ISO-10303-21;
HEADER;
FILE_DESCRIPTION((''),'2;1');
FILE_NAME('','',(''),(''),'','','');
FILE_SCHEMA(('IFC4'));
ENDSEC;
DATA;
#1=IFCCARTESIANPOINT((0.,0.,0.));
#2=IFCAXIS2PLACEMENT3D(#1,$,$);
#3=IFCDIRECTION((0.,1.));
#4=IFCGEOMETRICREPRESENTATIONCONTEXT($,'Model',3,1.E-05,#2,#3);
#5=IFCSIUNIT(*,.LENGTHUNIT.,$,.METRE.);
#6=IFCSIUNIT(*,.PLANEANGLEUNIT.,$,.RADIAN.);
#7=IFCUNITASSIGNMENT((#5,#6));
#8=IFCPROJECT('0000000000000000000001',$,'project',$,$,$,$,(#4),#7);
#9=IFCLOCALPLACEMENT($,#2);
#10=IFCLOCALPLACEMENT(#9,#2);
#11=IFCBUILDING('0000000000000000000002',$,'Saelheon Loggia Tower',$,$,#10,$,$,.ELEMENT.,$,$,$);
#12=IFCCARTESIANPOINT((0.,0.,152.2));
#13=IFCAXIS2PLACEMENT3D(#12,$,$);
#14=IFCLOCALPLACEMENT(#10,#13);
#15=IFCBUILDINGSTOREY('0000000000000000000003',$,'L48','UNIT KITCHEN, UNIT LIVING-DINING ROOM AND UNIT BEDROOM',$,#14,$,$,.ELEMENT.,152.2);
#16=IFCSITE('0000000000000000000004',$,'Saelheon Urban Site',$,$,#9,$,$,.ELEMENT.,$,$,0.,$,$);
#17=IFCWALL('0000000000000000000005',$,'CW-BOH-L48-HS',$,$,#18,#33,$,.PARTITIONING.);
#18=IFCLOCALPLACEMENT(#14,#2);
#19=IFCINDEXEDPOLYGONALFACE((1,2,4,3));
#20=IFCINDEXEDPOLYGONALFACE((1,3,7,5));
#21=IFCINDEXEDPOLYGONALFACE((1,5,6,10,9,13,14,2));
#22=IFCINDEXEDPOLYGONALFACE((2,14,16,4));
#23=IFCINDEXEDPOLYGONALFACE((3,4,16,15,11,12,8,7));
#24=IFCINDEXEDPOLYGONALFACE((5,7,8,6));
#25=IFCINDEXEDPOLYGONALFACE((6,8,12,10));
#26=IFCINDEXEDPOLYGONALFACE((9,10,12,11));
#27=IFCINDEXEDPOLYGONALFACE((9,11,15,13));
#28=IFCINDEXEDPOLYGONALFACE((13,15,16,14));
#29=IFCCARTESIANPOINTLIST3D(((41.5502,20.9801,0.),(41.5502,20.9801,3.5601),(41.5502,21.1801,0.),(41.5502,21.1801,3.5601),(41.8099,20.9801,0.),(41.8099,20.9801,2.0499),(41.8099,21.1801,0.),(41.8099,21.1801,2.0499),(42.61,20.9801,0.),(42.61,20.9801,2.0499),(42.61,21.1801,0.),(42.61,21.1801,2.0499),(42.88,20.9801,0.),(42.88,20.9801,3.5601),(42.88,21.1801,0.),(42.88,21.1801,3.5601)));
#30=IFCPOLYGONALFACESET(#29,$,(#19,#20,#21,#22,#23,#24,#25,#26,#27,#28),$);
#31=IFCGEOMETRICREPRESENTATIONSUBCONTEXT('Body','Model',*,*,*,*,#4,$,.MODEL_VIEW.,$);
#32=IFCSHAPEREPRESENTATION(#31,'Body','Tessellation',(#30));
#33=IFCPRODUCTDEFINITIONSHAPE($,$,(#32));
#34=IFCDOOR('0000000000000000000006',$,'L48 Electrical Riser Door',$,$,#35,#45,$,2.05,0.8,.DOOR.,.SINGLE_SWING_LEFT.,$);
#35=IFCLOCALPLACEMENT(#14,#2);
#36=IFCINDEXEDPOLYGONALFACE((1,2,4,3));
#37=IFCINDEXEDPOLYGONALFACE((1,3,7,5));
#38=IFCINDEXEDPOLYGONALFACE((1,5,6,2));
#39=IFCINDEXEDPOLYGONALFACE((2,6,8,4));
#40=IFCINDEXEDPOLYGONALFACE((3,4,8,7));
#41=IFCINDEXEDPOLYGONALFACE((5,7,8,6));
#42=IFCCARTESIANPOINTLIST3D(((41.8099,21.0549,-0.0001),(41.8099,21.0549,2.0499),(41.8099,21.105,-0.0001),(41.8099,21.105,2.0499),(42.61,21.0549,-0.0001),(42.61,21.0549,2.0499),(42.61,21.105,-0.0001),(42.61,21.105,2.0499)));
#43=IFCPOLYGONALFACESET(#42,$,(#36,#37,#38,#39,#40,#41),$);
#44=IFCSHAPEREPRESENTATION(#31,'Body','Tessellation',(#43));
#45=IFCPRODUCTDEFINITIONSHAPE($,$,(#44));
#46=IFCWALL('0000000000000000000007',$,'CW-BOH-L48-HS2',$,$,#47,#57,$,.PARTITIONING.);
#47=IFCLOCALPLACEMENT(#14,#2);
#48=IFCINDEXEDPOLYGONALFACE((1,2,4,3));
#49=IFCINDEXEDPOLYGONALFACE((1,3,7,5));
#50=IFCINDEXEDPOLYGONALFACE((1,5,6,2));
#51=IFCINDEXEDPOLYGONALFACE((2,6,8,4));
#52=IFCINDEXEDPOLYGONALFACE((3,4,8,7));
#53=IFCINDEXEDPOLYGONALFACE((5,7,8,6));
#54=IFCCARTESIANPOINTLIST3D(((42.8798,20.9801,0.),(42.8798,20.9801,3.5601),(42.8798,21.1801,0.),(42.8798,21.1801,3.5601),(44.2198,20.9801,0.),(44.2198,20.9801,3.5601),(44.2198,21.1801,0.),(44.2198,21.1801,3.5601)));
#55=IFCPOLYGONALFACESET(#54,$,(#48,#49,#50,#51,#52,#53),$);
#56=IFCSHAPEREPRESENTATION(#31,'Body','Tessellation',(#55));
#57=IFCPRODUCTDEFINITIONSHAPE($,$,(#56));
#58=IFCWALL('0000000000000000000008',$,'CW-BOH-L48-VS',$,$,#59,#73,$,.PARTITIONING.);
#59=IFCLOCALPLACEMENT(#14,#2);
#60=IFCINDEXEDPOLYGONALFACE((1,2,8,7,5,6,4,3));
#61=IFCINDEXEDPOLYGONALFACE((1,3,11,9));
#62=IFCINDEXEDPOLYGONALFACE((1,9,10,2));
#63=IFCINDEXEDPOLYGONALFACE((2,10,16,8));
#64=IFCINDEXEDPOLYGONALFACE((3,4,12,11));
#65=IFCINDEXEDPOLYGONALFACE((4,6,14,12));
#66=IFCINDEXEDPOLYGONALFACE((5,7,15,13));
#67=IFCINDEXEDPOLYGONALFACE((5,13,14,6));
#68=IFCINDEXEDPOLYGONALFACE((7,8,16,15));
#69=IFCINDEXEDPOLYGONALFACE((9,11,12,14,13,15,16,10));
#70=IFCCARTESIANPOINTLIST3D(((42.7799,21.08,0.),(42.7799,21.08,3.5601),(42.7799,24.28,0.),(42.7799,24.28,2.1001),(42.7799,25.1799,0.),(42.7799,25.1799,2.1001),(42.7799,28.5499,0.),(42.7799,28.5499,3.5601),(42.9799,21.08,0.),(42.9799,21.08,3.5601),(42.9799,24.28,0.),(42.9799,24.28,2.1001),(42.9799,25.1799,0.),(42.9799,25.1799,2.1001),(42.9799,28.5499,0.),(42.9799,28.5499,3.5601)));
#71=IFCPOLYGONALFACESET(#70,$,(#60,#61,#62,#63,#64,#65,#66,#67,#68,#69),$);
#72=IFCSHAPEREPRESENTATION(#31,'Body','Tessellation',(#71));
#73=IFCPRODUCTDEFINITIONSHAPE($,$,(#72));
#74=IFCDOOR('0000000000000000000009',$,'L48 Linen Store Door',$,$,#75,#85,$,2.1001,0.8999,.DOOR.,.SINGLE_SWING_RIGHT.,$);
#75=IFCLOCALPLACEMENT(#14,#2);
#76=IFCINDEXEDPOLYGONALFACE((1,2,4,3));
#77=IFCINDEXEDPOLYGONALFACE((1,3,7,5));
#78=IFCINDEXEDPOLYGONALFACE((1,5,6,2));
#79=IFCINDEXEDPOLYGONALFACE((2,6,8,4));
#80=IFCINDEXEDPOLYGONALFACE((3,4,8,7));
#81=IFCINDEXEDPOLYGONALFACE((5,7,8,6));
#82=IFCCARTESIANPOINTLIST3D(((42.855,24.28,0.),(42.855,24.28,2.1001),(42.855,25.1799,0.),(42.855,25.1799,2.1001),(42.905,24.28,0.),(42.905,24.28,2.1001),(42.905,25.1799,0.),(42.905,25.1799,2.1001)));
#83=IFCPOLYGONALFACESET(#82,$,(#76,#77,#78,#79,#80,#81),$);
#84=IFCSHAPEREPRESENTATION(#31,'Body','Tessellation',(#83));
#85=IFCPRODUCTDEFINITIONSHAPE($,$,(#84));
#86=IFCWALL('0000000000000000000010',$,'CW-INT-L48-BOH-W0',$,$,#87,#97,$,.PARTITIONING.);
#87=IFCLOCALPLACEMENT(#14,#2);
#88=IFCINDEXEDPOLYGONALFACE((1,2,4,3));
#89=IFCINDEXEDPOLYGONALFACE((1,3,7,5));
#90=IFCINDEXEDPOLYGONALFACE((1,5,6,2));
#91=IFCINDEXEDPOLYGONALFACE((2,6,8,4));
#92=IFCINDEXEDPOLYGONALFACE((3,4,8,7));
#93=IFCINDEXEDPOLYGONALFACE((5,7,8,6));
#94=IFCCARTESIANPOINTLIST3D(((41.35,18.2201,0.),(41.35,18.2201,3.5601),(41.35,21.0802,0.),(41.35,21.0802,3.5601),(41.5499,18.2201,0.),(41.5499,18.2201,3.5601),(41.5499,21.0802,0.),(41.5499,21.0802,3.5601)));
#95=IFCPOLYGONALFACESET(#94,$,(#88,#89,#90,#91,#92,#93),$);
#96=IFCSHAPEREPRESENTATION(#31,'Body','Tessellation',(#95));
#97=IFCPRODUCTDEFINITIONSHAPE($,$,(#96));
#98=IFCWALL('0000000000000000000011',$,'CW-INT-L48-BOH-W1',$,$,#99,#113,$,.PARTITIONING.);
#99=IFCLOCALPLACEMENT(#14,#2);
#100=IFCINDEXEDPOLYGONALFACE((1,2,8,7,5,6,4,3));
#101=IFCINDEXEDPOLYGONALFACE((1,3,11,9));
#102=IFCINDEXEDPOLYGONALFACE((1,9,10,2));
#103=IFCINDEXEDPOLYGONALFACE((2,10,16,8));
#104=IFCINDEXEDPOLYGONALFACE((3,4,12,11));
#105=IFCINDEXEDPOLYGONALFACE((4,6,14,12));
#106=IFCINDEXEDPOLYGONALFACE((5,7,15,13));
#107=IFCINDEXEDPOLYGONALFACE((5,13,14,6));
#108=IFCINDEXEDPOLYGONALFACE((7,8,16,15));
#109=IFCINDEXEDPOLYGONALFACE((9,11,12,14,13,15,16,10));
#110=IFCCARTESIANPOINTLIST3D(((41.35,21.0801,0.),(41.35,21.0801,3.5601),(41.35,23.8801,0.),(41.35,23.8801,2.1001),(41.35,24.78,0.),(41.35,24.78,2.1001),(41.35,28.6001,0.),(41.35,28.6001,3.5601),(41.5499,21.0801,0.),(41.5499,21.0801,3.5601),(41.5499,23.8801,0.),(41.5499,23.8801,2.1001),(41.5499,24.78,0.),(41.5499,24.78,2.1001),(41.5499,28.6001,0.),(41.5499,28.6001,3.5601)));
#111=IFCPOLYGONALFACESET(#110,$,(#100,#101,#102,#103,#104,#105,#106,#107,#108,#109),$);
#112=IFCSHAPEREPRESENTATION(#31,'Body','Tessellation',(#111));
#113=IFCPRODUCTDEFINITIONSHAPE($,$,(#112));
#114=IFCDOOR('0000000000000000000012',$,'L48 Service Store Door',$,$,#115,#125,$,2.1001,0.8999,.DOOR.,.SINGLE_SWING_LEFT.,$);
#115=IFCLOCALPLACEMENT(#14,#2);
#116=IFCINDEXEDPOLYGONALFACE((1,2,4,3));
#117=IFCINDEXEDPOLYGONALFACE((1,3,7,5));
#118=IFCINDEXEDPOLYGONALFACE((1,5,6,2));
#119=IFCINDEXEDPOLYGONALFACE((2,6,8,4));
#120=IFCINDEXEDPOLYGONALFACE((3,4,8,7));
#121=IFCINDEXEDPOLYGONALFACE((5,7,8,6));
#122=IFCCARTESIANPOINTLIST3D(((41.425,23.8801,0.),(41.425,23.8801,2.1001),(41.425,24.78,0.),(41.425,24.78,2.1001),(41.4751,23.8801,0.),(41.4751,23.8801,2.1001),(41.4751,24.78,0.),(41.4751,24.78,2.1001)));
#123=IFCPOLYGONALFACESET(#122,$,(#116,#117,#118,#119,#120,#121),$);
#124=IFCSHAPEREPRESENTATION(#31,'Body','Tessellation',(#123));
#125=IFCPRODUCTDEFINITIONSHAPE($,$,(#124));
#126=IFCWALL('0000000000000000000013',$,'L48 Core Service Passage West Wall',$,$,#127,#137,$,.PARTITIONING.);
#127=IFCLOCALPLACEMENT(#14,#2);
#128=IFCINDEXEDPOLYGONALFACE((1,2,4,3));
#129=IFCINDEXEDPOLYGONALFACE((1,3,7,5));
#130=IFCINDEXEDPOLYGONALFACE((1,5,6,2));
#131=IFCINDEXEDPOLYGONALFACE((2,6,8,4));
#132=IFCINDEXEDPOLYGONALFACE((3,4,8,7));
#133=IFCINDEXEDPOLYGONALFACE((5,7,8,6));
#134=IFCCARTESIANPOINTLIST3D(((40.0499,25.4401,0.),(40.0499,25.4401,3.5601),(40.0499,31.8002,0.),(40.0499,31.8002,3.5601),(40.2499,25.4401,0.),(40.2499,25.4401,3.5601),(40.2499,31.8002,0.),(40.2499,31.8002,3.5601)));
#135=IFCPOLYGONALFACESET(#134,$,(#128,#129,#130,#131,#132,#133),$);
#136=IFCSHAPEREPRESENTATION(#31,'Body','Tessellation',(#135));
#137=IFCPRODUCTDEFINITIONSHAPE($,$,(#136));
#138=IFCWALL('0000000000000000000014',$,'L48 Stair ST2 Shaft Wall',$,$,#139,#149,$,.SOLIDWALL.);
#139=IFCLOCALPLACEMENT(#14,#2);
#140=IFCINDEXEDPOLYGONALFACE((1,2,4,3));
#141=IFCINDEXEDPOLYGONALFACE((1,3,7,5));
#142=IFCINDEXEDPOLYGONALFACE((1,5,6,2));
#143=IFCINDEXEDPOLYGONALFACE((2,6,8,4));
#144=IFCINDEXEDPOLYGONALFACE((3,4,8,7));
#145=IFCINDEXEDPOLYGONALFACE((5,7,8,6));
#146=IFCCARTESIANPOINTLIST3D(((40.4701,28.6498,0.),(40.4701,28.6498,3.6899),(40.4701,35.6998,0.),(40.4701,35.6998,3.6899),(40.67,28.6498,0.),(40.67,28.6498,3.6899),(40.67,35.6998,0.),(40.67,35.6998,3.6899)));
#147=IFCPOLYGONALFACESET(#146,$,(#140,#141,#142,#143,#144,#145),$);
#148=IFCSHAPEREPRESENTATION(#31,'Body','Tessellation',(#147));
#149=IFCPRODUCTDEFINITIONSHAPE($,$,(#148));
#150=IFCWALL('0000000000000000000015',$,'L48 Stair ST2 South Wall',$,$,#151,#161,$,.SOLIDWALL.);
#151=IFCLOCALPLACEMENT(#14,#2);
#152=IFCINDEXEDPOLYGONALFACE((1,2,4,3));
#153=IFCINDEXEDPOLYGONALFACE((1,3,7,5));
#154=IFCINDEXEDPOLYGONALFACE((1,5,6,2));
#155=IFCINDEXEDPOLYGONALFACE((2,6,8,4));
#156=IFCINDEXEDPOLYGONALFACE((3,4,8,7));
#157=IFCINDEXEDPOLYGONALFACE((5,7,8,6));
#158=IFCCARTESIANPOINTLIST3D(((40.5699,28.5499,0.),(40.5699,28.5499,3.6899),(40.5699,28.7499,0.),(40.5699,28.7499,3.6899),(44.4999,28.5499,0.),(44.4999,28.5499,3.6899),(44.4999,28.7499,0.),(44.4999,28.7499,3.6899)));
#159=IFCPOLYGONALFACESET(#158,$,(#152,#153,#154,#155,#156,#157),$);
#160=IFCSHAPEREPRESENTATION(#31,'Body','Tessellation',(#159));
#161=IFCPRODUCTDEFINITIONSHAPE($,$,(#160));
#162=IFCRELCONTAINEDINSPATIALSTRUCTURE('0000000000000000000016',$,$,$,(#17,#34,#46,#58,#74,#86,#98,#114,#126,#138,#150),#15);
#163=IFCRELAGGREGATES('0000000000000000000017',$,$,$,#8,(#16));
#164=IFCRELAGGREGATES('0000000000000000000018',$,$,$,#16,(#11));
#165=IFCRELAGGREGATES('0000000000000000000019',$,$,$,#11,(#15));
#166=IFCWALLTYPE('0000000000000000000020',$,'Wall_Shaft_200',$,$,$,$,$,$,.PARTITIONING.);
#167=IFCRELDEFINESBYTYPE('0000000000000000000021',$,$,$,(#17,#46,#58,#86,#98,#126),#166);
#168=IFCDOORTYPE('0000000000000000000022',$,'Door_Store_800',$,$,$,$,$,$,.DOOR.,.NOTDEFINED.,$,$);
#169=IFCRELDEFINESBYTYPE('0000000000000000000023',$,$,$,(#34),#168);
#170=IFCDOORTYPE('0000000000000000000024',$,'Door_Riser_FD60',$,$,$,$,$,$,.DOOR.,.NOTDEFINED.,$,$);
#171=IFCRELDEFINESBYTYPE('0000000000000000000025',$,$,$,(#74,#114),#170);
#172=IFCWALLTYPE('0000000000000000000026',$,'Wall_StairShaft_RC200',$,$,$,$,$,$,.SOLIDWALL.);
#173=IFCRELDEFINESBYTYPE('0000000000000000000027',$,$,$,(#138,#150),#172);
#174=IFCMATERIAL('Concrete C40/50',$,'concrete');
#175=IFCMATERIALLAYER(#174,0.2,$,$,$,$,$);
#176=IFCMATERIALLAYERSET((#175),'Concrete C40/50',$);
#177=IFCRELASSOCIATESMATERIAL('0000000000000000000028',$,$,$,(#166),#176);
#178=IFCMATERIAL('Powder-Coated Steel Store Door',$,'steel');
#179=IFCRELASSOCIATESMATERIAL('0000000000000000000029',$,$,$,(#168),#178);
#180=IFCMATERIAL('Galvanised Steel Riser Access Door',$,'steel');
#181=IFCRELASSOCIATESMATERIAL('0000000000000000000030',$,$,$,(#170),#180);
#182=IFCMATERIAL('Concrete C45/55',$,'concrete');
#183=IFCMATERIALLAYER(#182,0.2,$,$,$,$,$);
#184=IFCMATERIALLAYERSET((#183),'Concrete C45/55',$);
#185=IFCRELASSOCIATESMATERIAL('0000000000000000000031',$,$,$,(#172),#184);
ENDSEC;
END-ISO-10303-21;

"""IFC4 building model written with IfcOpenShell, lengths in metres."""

from ifc_helpers import new_model, si_unit, direction, frame, frame_2d, origin, place, context, subcontext, project, spatial, rectangle, extrude, source, transform, mapped, material, layer, layer_set, type_object, element, fill, save


model = new_model("IFC4")

# Units and contexts
model_context = context("Model", 3, precision=1e-05, world=origin(), true_north=direction((0.0, 1.0)))
body_context = subcontext(model_context, "Body", "Model", "MODEL_VIEW")
ifc_project = project(units=[si_unit("LENGTHUNIT", "METRE"), si_unit("PLANEANGLEUNIT", "RADIAN")], contexts=[model_context])

# Site, building, storey
site_placement = place(None, origin())
site = spatial("IfcSite", under=ifc_project, at=site_placement, Name="Saelheon Urban Site", CompositionType="ELEMENT", RefElevation=0.0)
building_placement = place(site_placement, origin())
building = spatial("IfcBuilding", under=site, at=building_placement, Name="Saelheon Loggia Tower", CompositionType="ELEMENT")
storey_placement = place(building_placement, frame((0.0, 0.0, 152.2)))
storey = spatial("IfcBuildingStorey", under=building, at=storey_placement, Name="L48", Description="UNIT KITCHEN, UNIT LIVING-DINING ROOM AND UNIT BEDROOM", CompositionType="ELEMENT", Elevation=152.2)

# Shared definitions
ifc_material_1 = material(Name="Concrete C45/55", Category="concrete")
shared_shape_1 = source(origin(), body_context, "Body", "SweptSolid", [
    extrude(rectangle(XDim=0.8999, YDim=2.1001, at=frame_2d((0.45, 1.05))), frame((0.0, 0.0249, 0.0), z_axis=(0.0, -1.0, 0.0), x_axis=(1.0, 0.0, 0.0)), (0.0, 0.0, 1.0), 0.05),
])

# Wall, opening, door
ifc_material_2 = material(Name="Concrete C40/50", Category="concrete")
ifc_layer_1 = layer(ifc_material_2, 0.2)
ifc_layer_set_1 = layer_set([ifc_layer_1], Name="Concrete C40/50")
wall_type_1 = type_object("IfcWallType", Name="Wall_Shaft_200", PredefinedType="PARTITIONING", material=ifc_layer_set_1)
wall_1_placement = place(storey_placement, frame((41.55, 21.0801, 0.0), z_axis=(0.0, 0.0, 1.0), x_axis=(1.0, 0.0, 0.0)))
wall_1 = element("IfcWall", 1, at=wall_1_placement, inside=storey, type_object=wall_type_1, Name="CW-BOH-L48-HS", PredefinedType="PARTITIONING", context=body_context, shape_type="SweptSolid", body=[
    extrude(rectangle(XDim=1.3298, YDim=0.2, at=frame_2d((0.665, 0.0))), origin(), (0.0, 0.0, 1.0), 3.5601),
])
opening_1_placement = place(wall_1_placement, frame((0.26, 0.0, 0.0)))
opening_1 = element("IfcOpeningElement", 2, at=opening_1_placement, cuts=wall_1, PredefinedType="OPENING", context=body_context, shape_type="SweptSolid", body=[
    extrude(rectangle(XDim=0.8, YDim=2.05, at=frame_2d((0.3999, 1.0249))), frame((0.0, 0.1121, 0.0), z_axis=(0.0, -1.0, 0.0), x_axis=(1.0, 0.0, 0.0)), (0.0, 0.0, 1.0), 0.2239),
])
ifc_material_3 = material(Name="Powder-Coated Steel Store Door", Category="steel")
door_type_1 = type_object("IfcDoorType", Name="Door_Store_800", OperationType="NOTDEFINED", PredefinedType="DOOR", material=ifc_material_3)
shared_shape_2 = source(origin(), body_context, "Body", "SweptSolid", [
    extrude(rectangle(XDim=0.8, YDim=2.05, at=frame_2d((0.3999, 1.0249))), frame((0.0, 0.0249, 0.0), z_axis=(0.0, -1.0, 0.0), x_axis=(1.0, 0.0, 0.0)), (0.0, 0.0, 1.0), 0.05),
])
door_1_placement = place(opening_1_placement, origin())
door_1 = element("IfcDoor", 3, at=door_1_placement, inside=storey, type_object=door_type_1, Name="L48 Electrical Riser Door", OperationType="SINGLE_SWING_LEFT", OverallHeight=2.05, OverallWidth=0.8, PredefinedType="DOOR", context=body_context, shape_type="MappedRepresentation", body=[
    mapped(shared_shape_2, transform((0.0, 0.0, 0.0), scale=1.0)),
])
fill(opening_1, door_1)

# Wall
wall_2_placement = place(storey_placement, frame((42.8799, 21.0801, 0.0), z_axis=(0.0, 0.0, 1.0), x_axis=(1.0, 0.0, 0.0)))
element("IfcWall", 4, at=wall_2_placement, inside=storey, type_object=wall_type_1, Name="CW-BOH-L48-HS2", PredefinedType="PARTITIONING", context=body_context, shape_type="SweptSolid", body=[
    extrude(rectangle(XDim=1.3401, YDim=0.2, at=frame_2d((0.6699, 0.0))), origin(), (0.0, 0.0, 1.0), 3.5601),
])

# Wall, opening, door
wall_3_placement = place(storey_placement, frame((42.8799, 21.0801, 0.0), z_axis=(0.0, 0.0, 1.0), x_axis=(0.0, 1.0, 0.0)))
wall_3 = element("IfcWall", 5, at=wall_3_placement, inside=storey, type_object=wall_type_1, Name="CW-BOH-L48-VS", PredefinedType="PARTITIONING", context=body_context, shape_type="SweptSolid", body=[
    extrude(rectangle(XDim=7.47, YDim=0.2, at=frame_2d((3.7349, 0.0))), origin(), (0.0, 0.0, 1.0), 3.5601),
])
opening_2_placement = place(wall_3_placement, frame((3.2, 0.0, 0.0)))
opening_2 = element("IfcOpeningElement", 6, at=opening_2_placement, cuts=wall_3, PredefinedType="OPENING", context=body_context, shape_type="SweptSolid", body=[
    extrude(rectangle(XDim=0.8999, YDim=2.1001, at=frame_2d((0.45, 1.05))), frame((0.0, 0.1121, 0.0), z_axis=(0.0, -1.0, 0.0), x_axis=(1.0, 0.0, 0.0)), (0.0, 0.0, 1.0), 0.2239),
])
ifc_material_4 = material(Name="Galvanised Steel Riser Access Door", Category="steel")
door_type_2 = type_object("IfcDoorType", Name="Door_Riser_FD60", OperationType="NOTDEFINED", PredefinedType="DOOR", material=ifc_material_4)
door_2_placement = place(opening_2_placement, origin())
door_2 = element("IfcDoor", 7, at=door_2_placement, inside=storey, type_object=door_type_2, Name="L48 Linen Store Door", OperationType="SINGLE_SWING_RIGHT", OverallHeight=2.1001, OverallWidth=0.8999, PredefinedType="DOOR", context=body_context, shape_type="MappedRepresentation", body=[
    mapped(shared_shape_1, transform((0.0, 0.0, 0.0), scale=1.0)),
])
fill(opening_2, door_2)

# Wall
wall_4_placement = place(storey_placement, frame((41.45, 18.22, 0.0), z_axis=(0.0, 0.0, 1.0), x_axis=(0.0, 1.0, 0.0)))
element("IfcWall", 8, at=wall_4_placement, inside=storey, type_object=wall_type_1, Name="CW-INT-L48-BOH-W0", PredefinedType="PARTITIONING", context=body_context, shape_type="SweptSolid", body=[
    extrude(rectangle(XDim=2.8601, YDim=0.2, at=frame_2d((1.4302, 0.0))), origin(), (0.0, 0.0, 1.0), 3.5601),
])

# Wall, opening, door
wall_5_placement = place(storey_placement, frame((41.45, 21.0801, 0.0), z_axis=(0.0, 0.0, 1.0), x_axis=(0.0, 1.0, 0.0)))
wall_5 = element("IfcWall", 9, at=wall_5_placement, inside=storey, type_object=wall_type_1, Name="CW-INT-L48-BOH-W1", PredefinedType="PARTITIONING", context=body_context, shape_type="SweptSolid", body=[
    extrude(rectangle(XDim=7.52, YDim=0.2, at=frame_2d((3.76, 0.0))), origin(), (0.0, 0.0, 1.0), 3.5601),
])
opening_3_placement = place(wall_5_placement, frame((2.8, 0.0, 0.0)))
opening_3 = element("IfcOpeningElement", 10, at=opening_3_placement, cuts=wall_5, PredefinedType="OPENING", context=body_context, shape_type="SweptSolid", body=[
    extrude(rectangle(XDim=0.8999, YDim=2.1001, at=frame_2d((0.45, 1.05))), frame((0.0, 0.1121, 0.0), z_axis=(0.0, -1.0, 0.0), x_axis=(1.0, 0.0, 0.0)), (0.0, 0.0, 1.0), 0.2239),
])
door_3_placement = place(opening_3_placement, origin())
door_3 = element("IfcDoor", 11, at=door_3_placement, inside=storey, type_object=door_type_2, Name="L48 Service Store Door", OperationType="SINGLE_SWING_LEFT", OverallHeight=2.1001, OverallWidth=0.8999, PredefinedType="DOOR", context=body_context, shape_type="MappedRepresentation", body=[
    mapped(shared_shape_1, transform((0.0, 0.0, 0.0), scale=1.0)),
])
fill(opening_3, door_3)

# Wall
wall_6_placement = place(storey_placement, frame((40.1499, 25.4399, 0.0), z_axis=(0.0, 0.0, 1.0), x_axis=(0.0, 1.0, 0.0)))
element("IfcWall", 12, at=wall_6_placement, inside=storey, type_object=wall_type_1, Name="L48 Core Service Passage West Wall", PredefinedType="PARTITIONING", context=body_context, shape_type="SweptSolid", body=[
    extrude(rectangle(XDim=6.3601, YDim=0.2, at=frame_2d((3.1802, 0.0))), origin(), (0.0, 0.0, 1.0), 3.5601),
])

# Walls
ifc_layer_2 = layer(ifc_material_1, 0.2)
ifc_layer_set_2 = layer_set([ifc_layer_2], Name="Concrete C45/55")
wall_type_2 = type_object("IfcWallType", Name="Wall_StairShaft_RC200", PredefinedType="SOLIDWALL", material=ifc_layer_set_2)
wall_7_placement = place(storey_placement, frame((40.5701, 28.6499, 0.0), z_axis=(0.0, 0.0, 1.0), x_axis=(0.0, 1.0, 0.0)))
element("IfcWall", 13, at=wall_7_placement, inside=storey, type_object=wall_type_2, Name="L48 Stair ST2 Shaft Wall", PredefinedType="SOLIDWALL", context=body_context, shape_type="SweptSolid", body=[
    extrude(rectangle(XDim=7.05, YDim=0.2, at=frame_2d((3.5249, 0.0))), origin(), (0.0, 0.0, 1.0), 3.6899),
])
wall_8_placement = place(storey_placement, frame((40.5701, 28.6499, 0.0), z_axis=(0.0, 0.0, 1.0), x_axis=(1.0, 0.0, 0.0)))
element("IfcWall", 14, at=wall_8_placement, inside=storey, type_object=wall_type_2, Name="L48 Stair ST2 South Wall", PredefinedType="SOLIDWALL", context=body_context, shape_type="SweptSolid", body=[
    extrude(rectangle(XDim=3.9299, YDim=0.2, at=frame_2d((1.9648, 0.0))), origin(), (0.0, 0.0, 1.0), 3.6899),
])

save(model, "model.ifc")
